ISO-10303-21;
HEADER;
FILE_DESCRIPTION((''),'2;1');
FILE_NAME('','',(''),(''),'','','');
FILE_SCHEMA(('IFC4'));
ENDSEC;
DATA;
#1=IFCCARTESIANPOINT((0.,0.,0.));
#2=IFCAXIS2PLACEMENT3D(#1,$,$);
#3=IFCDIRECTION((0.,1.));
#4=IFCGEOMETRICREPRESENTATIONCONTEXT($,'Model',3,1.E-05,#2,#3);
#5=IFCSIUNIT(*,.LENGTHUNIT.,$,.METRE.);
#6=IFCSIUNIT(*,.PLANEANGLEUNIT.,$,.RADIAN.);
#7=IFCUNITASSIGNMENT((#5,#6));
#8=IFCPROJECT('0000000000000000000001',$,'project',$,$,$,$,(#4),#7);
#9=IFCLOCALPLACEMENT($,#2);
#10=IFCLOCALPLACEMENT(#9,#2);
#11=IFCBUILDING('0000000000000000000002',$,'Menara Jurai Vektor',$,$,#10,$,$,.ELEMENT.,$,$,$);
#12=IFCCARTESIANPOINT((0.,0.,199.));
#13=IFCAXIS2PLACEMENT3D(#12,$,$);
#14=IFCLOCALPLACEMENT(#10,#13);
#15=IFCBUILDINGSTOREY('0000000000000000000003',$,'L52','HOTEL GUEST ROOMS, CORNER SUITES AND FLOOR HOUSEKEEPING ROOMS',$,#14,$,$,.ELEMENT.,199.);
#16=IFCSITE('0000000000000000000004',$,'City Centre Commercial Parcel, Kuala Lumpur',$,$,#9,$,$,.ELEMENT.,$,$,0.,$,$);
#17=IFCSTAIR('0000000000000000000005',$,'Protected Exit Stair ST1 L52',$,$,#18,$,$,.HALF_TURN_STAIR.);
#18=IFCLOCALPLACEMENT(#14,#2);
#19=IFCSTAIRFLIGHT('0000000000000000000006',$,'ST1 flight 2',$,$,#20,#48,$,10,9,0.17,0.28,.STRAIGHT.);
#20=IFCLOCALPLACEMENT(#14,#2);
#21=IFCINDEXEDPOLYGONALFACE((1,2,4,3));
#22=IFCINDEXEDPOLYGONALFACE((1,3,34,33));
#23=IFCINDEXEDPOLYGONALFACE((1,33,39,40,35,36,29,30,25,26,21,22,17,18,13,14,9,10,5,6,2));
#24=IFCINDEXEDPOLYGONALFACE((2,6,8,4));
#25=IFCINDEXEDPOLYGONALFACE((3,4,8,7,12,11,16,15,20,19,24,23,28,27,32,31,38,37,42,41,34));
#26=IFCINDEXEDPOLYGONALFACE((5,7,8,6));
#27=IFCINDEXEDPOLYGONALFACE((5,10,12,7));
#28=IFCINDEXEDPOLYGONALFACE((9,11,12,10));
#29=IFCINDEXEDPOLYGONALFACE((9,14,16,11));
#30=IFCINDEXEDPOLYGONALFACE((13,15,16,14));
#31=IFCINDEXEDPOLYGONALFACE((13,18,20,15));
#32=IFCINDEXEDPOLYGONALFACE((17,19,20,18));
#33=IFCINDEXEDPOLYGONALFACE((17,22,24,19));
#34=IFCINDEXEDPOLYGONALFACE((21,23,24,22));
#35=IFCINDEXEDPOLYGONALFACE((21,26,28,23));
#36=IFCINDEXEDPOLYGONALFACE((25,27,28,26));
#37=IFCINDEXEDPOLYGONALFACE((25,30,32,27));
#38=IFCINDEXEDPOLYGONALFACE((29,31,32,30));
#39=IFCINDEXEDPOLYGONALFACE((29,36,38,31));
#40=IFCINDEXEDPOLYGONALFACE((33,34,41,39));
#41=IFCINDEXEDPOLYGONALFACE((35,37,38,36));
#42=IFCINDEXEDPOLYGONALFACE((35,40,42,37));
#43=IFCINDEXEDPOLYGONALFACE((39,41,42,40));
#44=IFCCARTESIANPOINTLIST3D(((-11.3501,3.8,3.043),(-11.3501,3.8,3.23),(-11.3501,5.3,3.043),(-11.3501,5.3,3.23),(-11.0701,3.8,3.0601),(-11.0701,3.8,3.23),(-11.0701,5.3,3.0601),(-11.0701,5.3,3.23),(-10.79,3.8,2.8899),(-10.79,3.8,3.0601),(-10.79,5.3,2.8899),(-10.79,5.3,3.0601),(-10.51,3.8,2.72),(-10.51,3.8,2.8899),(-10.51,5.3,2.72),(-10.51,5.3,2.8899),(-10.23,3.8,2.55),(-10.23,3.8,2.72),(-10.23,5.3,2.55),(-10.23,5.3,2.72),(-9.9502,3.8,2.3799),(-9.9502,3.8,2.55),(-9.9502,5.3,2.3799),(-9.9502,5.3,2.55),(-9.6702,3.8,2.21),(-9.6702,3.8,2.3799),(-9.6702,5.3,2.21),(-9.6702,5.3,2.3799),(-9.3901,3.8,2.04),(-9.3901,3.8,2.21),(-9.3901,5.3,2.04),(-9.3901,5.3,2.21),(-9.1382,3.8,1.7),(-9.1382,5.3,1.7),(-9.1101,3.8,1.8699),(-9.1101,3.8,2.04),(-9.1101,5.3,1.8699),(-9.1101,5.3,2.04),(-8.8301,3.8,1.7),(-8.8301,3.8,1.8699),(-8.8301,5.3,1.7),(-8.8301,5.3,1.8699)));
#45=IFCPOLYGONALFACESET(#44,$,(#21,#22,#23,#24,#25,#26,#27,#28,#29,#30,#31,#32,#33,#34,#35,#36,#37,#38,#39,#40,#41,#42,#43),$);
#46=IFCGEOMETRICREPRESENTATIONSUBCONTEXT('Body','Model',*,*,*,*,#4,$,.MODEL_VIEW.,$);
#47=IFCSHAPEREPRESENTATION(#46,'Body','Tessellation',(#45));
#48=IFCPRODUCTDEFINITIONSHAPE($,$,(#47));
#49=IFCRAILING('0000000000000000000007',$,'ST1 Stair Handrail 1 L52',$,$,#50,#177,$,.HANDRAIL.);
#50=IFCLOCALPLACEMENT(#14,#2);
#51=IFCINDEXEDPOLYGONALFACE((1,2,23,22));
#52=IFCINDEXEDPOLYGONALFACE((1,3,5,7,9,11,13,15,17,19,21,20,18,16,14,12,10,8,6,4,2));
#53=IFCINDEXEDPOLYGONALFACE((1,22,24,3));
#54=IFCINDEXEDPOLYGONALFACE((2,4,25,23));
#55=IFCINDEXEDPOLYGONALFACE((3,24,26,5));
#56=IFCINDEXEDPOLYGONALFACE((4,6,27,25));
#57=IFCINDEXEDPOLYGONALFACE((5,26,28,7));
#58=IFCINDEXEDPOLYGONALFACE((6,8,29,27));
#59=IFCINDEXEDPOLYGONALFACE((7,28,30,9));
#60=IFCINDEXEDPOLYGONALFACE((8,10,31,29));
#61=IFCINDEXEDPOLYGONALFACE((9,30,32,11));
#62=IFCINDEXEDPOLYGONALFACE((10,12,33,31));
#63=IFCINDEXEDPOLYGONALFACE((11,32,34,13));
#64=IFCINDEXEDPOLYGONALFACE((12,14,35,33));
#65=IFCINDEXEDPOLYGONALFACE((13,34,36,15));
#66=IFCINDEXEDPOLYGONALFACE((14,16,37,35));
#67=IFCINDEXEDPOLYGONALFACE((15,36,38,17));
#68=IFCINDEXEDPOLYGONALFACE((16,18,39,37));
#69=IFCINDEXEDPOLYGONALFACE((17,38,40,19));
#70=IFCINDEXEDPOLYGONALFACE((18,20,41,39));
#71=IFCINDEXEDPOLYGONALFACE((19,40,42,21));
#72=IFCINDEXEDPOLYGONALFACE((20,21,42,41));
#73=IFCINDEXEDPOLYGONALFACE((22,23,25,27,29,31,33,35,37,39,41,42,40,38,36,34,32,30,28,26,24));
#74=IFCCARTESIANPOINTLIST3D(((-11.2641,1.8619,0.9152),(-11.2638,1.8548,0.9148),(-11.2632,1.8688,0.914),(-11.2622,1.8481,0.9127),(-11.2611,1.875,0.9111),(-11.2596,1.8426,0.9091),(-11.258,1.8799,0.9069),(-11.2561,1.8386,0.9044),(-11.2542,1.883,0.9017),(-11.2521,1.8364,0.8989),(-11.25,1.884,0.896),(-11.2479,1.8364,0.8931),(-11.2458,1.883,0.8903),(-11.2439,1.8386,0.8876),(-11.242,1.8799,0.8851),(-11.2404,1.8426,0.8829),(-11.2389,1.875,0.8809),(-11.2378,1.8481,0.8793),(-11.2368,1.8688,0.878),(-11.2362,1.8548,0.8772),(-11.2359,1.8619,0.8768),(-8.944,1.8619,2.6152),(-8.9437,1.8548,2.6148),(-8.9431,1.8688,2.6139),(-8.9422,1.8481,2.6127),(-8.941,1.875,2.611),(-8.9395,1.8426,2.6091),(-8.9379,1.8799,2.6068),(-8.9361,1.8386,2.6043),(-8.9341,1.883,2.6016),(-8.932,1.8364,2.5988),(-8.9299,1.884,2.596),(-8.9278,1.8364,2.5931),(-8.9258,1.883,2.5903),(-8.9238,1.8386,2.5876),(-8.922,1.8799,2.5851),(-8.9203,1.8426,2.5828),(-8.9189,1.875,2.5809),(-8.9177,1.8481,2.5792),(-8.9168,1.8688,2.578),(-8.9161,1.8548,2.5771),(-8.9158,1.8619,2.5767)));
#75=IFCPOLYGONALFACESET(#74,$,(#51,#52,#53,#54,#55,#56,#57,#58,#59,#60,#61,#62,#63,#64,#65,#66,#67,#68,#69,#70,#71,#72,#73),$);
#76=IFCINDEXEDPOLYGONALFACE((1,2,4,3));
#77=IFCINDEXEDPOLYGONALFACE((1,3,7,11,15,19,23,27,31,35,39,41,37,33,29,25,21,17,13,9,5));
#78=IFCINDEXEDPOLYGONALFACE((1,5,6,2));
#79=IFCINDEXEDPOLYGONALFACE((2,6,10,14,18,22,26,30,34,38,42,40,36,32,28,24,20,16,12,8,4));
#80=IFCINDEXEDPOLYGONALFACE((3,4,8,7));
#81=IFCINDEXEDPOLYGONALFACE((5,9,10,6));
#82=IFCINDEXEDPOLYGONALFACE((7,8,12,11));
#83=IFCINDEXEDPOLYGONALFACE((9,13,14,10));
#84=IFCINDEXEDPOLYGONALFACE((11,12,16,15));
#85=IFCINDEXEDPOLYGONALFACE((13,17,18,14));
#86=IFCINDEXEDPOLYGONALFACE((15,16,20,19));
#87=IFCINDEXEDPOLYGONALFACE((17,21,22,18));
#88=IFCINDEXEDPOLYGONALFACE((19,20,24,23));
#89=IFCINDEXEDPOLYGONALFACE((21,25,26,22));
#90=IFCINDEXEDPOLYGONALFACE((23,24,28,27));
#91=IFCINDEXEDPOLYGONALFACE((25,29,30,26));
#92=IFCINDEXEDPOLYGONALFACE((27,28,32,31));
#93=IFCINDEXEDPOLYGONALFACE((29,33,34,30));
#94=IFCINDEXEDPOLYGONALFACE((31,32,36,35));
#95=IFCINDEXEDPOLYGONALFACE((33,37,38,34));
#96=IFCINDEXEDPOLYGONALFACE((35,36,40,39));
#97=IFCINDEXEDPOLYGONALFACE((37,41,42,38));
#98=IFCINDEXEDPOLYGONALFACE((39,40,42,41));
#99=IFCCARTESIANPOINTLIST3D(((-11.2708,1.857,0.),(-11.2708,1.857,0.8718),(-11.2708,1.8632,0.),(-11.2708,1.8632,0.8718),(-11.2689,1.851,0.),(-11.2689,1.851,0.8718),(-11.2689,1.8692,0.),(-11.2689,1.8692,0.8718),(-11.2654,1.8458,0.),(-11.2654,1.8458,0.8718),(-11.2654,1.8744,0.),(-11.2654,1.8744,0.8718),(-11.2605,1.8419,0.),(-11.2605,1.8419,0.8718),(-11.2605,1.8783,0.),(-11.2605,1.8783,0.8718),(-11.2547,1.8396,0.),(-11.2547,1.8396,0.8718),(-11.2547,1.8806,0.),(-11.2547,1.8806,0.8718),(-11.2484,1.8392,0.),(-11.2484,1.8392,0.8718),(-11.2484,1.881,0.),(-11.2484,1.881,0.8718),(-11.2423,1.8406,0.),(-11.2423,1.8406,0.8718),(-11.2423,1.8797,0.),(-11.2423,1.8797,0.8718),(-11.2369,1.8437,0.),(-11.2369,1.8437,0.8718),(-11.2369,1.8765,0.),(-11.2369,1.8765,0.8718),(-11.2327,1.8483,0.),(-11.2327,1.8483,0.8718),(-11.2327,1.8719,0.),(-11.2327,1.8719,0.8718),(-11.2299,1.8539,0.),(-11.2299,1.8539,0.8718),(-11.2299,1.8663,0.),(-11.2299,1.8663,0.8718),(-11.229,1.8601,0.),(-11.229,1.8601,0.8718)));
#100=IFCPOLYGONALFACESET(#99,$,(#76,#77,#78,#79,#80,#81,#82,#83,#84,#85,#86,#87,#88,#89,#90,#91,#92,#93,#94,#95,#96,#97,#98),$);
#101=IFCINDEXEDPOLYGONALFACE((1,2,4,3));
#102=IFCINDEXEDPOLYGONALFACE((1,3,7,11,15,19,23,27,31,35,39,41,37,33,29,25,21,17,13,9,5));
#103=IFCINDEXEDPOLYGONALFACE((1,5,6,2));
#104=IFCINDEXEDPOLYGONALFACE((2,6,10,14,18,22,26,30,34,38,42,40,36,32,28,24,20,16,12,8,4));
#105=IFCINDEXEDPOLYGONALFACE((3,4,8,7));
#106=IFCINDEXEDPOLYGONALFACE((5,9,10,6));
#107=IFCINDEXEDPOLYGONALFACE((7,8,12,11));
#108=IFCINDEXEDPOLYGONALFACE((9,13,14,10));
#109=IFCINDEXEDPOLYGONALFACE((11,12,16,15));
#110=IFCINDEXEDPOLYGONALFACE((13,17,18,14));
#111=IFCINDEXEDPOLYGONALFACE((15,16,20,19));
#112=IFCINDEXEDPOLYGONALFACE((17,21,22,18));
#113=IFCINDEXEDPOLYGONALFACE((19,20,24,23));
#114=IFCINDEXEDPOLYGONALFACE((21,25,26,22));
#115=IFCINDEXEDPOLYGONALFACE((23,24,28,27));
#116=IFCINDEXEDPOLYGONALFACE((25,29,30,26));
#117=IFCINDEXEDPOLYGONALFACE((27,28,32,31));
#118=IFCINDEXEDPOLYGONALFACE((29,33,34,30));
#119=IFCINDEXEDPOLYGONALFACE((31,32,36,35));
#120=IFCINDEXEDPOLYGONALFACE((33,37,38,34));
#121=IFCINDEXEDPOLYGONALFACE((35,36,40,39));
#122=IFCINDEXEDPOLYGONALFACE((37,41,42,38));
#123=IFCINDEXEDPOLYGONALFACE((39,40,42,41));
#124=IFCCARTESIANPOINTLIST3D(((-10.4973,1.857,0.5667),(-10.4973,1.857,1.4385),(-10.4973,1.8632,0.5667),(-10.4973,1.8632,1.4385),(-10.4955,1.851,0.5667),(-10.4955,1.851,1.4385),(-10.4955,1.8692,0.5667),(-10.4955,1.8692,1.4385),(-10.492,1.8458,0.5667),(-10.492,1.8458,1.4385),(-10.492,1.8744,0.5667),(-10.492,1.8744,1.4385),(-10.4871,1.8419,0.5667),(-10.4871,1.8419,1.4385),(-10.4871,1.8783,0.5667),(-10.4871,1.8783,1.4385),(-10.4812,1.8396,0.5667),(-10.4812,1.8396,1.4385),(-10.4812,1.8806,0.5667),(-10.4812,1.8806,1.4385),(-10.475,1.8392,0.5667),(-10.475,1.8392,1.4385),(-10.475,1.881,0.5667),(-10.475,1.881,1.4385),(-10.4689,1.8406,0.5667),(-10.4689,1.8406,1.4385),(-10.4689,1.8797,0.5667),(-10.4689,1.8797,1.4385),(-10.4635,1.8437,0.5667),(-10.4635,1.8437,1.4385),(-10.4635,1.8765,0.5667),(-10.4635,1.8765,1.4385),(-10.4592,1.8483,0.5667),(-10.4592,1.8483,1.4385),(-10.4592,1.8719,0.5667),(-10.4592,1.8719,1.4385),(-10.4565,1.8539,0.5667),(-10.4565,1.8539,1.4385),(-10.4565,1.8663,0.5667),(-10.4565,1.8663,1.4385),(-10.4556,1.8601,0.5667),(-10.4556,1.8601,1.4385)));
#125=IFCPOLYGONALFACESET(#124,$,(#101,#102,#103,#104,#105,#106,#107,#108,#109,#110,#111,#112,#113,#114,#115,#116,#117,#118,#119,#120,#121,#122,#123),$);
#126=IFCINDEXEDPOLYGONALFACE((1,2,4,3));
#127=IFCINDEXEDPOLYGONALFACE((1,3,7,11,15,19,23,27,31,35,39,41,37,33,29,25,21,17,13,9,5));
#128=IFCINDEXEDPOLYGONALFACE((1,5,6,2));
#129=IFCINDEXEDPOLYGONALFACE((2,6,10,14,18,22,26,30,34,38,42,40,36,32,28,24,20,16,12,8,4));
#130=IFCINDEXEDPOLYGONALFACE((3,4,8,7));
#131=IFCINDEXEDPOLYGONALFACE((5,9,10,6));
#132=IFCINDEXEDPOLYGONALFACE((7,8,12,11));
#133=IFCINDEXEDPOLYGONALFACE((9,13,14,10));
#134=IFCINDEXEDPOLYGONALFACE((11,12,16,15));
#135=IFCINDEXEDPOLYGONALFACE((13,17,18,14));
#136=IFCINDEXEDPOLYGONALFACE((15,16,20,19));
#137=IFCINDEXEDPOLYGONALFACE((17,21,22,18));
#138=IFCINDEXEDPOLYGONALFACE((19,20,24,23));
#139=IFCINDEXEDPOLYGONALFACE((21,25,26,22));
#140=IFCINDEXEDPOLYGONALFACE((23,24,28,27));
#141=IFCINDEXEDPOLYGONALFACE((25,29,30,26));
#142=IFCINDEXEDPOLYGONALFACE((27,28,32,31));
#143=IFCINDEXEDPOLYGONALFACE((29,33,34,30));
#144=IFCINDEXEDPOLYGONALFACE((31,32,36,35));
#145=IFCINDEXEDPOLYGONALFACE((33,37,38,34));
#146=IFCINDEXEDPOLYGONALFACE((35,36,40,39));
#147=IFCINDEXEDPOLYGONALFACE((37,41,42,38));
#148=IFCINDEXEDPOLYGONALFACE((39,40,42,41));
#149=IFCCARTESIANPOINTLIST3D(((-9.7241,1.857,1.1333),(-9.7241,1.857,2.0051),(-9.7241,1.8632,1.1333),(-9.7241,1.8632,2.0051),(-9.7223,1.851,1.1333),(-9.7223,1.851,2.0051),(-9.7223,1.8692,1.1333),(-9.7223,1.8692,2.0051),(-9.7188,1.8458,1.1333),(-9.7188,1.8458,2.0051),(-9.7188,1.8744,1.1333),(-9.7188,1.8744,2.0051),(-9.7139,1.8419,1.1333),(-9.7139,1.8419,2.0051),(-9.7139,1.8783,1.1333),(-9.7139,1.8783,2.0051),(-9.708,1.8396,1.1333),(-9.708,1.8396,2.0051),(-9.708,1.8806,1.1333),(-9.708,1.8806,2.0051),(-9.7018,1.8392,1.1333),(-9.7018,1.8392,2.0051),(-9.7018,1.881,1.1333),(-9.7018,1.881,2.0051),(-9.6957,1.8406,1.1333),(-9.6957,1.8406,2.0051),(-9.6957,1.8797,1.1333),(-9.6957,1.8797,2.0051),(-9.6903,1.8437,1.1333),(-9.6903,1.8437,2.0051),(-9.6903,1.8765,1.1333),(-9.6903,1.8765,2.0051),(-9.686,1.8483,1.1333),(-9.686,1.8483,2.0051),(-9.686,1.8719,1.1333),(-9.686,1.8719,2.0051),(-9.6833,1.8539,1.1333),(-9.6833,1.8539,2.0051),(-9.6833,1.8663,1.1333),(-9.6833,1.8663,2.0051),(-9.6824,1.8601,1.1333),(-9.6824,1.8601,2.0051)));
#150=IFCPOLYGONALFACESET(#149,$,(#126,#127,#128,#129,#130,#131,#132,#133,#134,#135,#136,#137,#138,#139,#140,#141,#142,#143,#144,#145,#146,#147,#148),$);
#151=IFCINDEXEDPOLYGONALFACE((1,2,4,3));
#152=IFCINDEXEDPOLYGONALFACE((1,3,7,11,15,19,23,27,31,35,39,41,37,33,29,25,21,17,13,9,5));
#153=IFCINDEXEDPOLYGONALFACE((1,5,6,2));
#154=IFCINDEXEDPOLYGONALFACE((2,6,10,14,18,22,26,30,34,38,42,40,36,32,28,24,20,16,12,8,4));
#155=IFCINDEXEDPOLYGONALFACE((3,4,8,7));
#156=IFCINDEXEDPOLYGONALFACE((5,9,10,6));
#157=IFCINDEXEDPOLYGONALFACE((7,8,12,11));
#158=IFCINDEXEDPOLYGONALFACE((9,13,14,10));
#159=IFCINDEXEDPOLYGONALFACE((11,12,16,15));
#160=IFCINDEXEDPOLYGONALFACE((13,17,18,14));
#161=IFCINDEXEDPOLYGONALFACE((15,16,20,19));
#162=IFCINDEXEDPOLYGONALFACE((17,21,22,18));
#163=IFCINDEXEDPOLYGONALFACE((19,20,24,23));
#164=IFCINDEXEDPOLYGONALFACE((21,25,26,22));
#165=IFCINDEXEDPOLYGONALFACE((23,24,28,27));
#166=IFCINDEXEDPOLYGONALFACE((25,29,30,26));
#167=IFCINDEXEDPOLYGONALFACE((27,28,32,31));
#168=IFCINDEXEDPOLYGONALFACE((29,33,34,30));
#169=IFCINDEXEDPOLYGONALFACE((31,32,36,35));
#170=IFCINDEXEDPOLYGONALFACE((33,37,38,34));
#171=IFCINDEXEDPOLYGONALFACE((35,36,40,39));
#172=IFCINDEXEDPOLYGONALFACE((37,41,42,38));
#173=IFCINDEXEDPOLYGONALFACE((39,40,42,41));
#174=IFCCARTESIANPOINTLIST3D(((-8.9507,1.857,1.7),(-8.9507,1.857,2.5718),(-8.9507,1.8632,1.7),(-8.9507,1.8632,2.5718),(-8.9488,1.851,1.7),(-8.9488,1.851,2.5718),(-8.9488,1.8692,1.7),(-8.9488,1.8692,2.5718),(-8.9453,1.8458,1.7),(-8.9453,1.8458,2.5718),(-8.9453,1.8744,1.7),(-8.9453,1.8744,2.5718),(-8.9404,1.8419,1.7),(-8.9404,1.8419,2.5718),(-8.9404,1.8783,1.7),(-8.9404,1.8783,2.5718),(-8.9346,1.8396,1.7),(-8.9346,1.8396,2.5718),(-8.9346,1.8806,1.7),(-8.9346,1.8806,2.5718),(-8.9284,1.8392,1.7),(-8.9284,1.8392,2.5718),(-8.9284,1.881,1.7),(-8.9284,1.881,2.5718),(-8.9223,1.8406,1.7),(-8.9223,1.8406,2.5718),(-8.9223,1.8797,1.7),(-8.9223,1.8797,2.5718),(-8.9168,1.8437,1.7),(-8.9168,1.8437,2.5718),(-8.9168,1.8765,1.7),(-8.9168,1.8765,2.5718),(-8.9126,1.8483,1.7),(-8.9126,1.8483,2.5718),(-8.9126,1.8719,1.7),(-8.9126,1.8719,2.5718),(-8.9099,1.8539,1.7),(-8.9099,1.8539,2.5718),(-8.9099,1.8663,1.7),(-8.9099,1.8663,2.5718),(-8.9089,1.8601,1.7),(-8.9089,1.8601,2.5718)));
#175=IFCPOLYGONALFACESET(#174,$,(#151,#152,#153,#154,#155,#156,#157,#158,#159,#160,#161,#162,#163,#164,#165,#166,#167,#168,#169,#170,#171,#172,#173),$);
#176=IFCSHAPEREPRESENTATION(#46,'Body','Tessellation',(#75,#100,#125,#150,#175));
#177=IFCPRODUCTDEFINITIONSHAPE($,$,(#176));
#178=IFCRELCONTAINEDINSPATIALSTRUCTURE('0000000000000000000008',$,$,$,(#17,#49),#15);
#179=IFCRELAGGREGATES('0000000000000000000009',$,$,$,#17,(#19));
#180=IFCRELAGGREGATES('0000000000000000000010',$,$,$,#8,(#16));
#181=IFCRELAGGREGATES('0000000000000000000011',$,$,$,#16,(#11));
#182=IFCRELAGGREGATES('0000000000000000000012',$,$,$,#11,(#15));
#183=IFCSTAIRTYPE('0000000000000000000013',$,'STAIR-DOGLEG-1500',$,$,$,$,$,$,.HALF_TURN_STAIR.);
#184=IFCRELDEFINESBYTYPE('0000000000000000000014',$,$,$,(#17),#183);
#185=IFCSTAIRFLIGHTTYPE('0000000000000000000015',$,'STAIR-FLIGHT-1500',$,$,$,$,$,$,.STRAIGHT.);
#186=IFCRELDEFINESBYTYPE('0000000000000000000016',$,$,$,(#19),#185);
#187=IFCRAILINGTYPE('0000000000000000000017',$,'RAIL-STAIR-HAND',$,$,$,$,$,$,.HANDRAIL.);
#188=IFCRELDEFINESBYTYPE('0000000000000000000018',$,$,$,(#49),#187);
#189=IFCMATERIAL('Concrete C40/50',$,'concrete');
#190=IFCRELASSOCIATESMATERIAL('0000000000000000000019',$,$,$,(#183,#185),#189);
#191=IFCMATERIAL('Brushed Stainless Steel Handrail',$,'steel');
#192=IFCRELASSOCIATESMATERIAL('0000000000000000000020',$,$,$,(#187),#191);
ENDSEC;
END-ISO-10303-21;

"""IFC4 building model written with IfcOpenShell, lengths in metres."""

from ifc_helpers import new_model, si_unit, direction, frame, origin, origin_2d, place, context, subcontext, project, spatial, polyline, circle, outline, extrude, material, type_object, element, aggregate, save


model = new_model("IFC4")

# Units and contexts
model_context = context("Model", 3, precision=1e-05, world=origin(), true_north=direction((0.0, 1.0)))
body_context = subcontext(model_context, "Body", "Model", "MODEL_VIEW")
ifc_project = project(units=[si_unit("LENGTHUNIT", "METRE"), si_unit("PLANEANGLEUNIT", "RADIAN")], contexts=[model_context])

# Site, building, storey
site_placement = place(None, origin())
site = spatial("IfcSite", under=ifc_project, at=site_placement, Name="City Centre Commercial Parcel, Kuala Lumpur", CompositionType="ELEMENT", RefElevation=0.0)
building_placement = place(site_placement, origin())
building = spatial("IfcBuilding", under=site, at=building_placement, Name="Menara Jurai Vektor", CompositionType="ELEMENT")
storey_placement = place(building_placement, frame((0.0, 0.0, 199.0)))
storey = spatial("IfcBuildingStorey", under=building, at=storey_placement, Name="L52", Description="HOTEL GUEST ROOMS, CORNER SUITES AND FLOOR HOUSEKEEPING ROOMS", CompositionType="ELEMENT", Elevation=199.0)

# Shared definitions
ifc_material_1 = material(Name="Concrete C40/50", Category="concrete")

# Stair, stair flight
stair_type = type_object("IfcStairType", Name="STAIR-DOGLEG-1500", PredefinedType="HALF_TURN_STAIR", material=ifc_material_1)
stair_placement = place(storey_placement, origin())
stair = element("IfcStair", 1, at=stair_placement, inside=storey, type_object=stair_type, Name="Protected Exit Stair ST1 L52", PredefinedType="HALF_TURN_STAIR")
stair_flight_type = type_object("IfcStairFlightType", Name="STAIR-FLIGHT-1500", PredefinedType="STRAIGHT", material=ifc_material_1)
stair_flight_1_placement = place(storey_placement, frame((-8.8301, 4.55, 1.7), z_axis=(0.0, 0.0, 1.0), x_axis=(-1.0, 0.0, 0.0)))
stair_flight_1 = element("IfcStairFlight", 2, at=stair_flight_1_placement, type_object=stair_flight_type, Name="ST1 flight 2", NumberOfRisers=10, NumberOfTreads=9, PredefinedType="STRAIGHT", RiserHeight=0.17, TreadLength=0.28, context=body_context, shape_type="SweptSolid", body=[
    extrude(outline(polyline([(0.0, 0.0), (0.0, 0.1699), (0.28, 0.1699), (0.28, 0.3401), (0.5601, 0.3401), (0.5601, 0.51), (0.8401, 0.51), (0.8401, 0.6799), (1.1201, 0.6799), (1.1201, 0.8501), (1.3999, 0.8501), (1.3999, 1.02), (1.6799, 1.02), (1.6799, 1.1899), (1.96, 1.1899), (1.96, 1.3601), (2.24, 1.3601), (2.24, 1.53), (2.52, 1.53), (2.52, 1.7), (2.52, 1.343), (0.3081, 0.0), (0.0, 0.0)])), frame((0.0, 0.75, 0.0), z_axis=(0.0, -1.0, 0.0), x_axis=(1.0, 0.0, 0.0)), (0.0, 0.0, 1.0), 1.5),
])
aggregate(stair, [stair_flight_1])

# Railing
ifc_material_2 = material(Name="Brushed Stainless Steel Handrail", Category="steel")
railing_type_1 = type_object("IfcRailingType", Name="RAIL-STAIR-HAND", PredefinedType="HANDRAIL", material=ifc_material_2)
railing_1_placement = place(storey_placement, frame((-11.25, 1.8601, 0.0)))
element("IfcRailing", 3, at=railing_1_placement, inside=storey, type_object=railing_type_1, Name="ST1 Stair Handrail 1 L52", PredefinedType="HANDRAIL", context=body_context, shape_type="SweptSolid", body=[
    extrude(circle(Radius=0.0239, at=origin_2d()), frame((0.0, 0.0, 0.896), z_axis=(0.806642, 0.0, 0.59104), x_axis=(0.0, 1.0, 0.0)), (0.0, 0.0, 1.0), 2.8762),
    extrude(circle(Radius=0.021, at=origin_2d()), origin(), (0.0, 0.0, 1.0), 0.8718),
    extrude(circle(Radius=0.021, at=origin_2d()), frame((0.7734, 0.0, 0.5667)), (0.0, 0.0, 1.0), 0.8718),
    extrude(circle(Radius=0.021, at=origin_2d()), frame((1.5466, 0.0, 1.1333)), (0.0, 0.0, 1.0), 0.8718),
    extrude(circle(Radius=0.021, at=origin_2d()), frame((2.3201, 0.0, 1.7)), (0.0, 0.0, 1.0), 0.8718),
])

save(model, "model.ifc")
